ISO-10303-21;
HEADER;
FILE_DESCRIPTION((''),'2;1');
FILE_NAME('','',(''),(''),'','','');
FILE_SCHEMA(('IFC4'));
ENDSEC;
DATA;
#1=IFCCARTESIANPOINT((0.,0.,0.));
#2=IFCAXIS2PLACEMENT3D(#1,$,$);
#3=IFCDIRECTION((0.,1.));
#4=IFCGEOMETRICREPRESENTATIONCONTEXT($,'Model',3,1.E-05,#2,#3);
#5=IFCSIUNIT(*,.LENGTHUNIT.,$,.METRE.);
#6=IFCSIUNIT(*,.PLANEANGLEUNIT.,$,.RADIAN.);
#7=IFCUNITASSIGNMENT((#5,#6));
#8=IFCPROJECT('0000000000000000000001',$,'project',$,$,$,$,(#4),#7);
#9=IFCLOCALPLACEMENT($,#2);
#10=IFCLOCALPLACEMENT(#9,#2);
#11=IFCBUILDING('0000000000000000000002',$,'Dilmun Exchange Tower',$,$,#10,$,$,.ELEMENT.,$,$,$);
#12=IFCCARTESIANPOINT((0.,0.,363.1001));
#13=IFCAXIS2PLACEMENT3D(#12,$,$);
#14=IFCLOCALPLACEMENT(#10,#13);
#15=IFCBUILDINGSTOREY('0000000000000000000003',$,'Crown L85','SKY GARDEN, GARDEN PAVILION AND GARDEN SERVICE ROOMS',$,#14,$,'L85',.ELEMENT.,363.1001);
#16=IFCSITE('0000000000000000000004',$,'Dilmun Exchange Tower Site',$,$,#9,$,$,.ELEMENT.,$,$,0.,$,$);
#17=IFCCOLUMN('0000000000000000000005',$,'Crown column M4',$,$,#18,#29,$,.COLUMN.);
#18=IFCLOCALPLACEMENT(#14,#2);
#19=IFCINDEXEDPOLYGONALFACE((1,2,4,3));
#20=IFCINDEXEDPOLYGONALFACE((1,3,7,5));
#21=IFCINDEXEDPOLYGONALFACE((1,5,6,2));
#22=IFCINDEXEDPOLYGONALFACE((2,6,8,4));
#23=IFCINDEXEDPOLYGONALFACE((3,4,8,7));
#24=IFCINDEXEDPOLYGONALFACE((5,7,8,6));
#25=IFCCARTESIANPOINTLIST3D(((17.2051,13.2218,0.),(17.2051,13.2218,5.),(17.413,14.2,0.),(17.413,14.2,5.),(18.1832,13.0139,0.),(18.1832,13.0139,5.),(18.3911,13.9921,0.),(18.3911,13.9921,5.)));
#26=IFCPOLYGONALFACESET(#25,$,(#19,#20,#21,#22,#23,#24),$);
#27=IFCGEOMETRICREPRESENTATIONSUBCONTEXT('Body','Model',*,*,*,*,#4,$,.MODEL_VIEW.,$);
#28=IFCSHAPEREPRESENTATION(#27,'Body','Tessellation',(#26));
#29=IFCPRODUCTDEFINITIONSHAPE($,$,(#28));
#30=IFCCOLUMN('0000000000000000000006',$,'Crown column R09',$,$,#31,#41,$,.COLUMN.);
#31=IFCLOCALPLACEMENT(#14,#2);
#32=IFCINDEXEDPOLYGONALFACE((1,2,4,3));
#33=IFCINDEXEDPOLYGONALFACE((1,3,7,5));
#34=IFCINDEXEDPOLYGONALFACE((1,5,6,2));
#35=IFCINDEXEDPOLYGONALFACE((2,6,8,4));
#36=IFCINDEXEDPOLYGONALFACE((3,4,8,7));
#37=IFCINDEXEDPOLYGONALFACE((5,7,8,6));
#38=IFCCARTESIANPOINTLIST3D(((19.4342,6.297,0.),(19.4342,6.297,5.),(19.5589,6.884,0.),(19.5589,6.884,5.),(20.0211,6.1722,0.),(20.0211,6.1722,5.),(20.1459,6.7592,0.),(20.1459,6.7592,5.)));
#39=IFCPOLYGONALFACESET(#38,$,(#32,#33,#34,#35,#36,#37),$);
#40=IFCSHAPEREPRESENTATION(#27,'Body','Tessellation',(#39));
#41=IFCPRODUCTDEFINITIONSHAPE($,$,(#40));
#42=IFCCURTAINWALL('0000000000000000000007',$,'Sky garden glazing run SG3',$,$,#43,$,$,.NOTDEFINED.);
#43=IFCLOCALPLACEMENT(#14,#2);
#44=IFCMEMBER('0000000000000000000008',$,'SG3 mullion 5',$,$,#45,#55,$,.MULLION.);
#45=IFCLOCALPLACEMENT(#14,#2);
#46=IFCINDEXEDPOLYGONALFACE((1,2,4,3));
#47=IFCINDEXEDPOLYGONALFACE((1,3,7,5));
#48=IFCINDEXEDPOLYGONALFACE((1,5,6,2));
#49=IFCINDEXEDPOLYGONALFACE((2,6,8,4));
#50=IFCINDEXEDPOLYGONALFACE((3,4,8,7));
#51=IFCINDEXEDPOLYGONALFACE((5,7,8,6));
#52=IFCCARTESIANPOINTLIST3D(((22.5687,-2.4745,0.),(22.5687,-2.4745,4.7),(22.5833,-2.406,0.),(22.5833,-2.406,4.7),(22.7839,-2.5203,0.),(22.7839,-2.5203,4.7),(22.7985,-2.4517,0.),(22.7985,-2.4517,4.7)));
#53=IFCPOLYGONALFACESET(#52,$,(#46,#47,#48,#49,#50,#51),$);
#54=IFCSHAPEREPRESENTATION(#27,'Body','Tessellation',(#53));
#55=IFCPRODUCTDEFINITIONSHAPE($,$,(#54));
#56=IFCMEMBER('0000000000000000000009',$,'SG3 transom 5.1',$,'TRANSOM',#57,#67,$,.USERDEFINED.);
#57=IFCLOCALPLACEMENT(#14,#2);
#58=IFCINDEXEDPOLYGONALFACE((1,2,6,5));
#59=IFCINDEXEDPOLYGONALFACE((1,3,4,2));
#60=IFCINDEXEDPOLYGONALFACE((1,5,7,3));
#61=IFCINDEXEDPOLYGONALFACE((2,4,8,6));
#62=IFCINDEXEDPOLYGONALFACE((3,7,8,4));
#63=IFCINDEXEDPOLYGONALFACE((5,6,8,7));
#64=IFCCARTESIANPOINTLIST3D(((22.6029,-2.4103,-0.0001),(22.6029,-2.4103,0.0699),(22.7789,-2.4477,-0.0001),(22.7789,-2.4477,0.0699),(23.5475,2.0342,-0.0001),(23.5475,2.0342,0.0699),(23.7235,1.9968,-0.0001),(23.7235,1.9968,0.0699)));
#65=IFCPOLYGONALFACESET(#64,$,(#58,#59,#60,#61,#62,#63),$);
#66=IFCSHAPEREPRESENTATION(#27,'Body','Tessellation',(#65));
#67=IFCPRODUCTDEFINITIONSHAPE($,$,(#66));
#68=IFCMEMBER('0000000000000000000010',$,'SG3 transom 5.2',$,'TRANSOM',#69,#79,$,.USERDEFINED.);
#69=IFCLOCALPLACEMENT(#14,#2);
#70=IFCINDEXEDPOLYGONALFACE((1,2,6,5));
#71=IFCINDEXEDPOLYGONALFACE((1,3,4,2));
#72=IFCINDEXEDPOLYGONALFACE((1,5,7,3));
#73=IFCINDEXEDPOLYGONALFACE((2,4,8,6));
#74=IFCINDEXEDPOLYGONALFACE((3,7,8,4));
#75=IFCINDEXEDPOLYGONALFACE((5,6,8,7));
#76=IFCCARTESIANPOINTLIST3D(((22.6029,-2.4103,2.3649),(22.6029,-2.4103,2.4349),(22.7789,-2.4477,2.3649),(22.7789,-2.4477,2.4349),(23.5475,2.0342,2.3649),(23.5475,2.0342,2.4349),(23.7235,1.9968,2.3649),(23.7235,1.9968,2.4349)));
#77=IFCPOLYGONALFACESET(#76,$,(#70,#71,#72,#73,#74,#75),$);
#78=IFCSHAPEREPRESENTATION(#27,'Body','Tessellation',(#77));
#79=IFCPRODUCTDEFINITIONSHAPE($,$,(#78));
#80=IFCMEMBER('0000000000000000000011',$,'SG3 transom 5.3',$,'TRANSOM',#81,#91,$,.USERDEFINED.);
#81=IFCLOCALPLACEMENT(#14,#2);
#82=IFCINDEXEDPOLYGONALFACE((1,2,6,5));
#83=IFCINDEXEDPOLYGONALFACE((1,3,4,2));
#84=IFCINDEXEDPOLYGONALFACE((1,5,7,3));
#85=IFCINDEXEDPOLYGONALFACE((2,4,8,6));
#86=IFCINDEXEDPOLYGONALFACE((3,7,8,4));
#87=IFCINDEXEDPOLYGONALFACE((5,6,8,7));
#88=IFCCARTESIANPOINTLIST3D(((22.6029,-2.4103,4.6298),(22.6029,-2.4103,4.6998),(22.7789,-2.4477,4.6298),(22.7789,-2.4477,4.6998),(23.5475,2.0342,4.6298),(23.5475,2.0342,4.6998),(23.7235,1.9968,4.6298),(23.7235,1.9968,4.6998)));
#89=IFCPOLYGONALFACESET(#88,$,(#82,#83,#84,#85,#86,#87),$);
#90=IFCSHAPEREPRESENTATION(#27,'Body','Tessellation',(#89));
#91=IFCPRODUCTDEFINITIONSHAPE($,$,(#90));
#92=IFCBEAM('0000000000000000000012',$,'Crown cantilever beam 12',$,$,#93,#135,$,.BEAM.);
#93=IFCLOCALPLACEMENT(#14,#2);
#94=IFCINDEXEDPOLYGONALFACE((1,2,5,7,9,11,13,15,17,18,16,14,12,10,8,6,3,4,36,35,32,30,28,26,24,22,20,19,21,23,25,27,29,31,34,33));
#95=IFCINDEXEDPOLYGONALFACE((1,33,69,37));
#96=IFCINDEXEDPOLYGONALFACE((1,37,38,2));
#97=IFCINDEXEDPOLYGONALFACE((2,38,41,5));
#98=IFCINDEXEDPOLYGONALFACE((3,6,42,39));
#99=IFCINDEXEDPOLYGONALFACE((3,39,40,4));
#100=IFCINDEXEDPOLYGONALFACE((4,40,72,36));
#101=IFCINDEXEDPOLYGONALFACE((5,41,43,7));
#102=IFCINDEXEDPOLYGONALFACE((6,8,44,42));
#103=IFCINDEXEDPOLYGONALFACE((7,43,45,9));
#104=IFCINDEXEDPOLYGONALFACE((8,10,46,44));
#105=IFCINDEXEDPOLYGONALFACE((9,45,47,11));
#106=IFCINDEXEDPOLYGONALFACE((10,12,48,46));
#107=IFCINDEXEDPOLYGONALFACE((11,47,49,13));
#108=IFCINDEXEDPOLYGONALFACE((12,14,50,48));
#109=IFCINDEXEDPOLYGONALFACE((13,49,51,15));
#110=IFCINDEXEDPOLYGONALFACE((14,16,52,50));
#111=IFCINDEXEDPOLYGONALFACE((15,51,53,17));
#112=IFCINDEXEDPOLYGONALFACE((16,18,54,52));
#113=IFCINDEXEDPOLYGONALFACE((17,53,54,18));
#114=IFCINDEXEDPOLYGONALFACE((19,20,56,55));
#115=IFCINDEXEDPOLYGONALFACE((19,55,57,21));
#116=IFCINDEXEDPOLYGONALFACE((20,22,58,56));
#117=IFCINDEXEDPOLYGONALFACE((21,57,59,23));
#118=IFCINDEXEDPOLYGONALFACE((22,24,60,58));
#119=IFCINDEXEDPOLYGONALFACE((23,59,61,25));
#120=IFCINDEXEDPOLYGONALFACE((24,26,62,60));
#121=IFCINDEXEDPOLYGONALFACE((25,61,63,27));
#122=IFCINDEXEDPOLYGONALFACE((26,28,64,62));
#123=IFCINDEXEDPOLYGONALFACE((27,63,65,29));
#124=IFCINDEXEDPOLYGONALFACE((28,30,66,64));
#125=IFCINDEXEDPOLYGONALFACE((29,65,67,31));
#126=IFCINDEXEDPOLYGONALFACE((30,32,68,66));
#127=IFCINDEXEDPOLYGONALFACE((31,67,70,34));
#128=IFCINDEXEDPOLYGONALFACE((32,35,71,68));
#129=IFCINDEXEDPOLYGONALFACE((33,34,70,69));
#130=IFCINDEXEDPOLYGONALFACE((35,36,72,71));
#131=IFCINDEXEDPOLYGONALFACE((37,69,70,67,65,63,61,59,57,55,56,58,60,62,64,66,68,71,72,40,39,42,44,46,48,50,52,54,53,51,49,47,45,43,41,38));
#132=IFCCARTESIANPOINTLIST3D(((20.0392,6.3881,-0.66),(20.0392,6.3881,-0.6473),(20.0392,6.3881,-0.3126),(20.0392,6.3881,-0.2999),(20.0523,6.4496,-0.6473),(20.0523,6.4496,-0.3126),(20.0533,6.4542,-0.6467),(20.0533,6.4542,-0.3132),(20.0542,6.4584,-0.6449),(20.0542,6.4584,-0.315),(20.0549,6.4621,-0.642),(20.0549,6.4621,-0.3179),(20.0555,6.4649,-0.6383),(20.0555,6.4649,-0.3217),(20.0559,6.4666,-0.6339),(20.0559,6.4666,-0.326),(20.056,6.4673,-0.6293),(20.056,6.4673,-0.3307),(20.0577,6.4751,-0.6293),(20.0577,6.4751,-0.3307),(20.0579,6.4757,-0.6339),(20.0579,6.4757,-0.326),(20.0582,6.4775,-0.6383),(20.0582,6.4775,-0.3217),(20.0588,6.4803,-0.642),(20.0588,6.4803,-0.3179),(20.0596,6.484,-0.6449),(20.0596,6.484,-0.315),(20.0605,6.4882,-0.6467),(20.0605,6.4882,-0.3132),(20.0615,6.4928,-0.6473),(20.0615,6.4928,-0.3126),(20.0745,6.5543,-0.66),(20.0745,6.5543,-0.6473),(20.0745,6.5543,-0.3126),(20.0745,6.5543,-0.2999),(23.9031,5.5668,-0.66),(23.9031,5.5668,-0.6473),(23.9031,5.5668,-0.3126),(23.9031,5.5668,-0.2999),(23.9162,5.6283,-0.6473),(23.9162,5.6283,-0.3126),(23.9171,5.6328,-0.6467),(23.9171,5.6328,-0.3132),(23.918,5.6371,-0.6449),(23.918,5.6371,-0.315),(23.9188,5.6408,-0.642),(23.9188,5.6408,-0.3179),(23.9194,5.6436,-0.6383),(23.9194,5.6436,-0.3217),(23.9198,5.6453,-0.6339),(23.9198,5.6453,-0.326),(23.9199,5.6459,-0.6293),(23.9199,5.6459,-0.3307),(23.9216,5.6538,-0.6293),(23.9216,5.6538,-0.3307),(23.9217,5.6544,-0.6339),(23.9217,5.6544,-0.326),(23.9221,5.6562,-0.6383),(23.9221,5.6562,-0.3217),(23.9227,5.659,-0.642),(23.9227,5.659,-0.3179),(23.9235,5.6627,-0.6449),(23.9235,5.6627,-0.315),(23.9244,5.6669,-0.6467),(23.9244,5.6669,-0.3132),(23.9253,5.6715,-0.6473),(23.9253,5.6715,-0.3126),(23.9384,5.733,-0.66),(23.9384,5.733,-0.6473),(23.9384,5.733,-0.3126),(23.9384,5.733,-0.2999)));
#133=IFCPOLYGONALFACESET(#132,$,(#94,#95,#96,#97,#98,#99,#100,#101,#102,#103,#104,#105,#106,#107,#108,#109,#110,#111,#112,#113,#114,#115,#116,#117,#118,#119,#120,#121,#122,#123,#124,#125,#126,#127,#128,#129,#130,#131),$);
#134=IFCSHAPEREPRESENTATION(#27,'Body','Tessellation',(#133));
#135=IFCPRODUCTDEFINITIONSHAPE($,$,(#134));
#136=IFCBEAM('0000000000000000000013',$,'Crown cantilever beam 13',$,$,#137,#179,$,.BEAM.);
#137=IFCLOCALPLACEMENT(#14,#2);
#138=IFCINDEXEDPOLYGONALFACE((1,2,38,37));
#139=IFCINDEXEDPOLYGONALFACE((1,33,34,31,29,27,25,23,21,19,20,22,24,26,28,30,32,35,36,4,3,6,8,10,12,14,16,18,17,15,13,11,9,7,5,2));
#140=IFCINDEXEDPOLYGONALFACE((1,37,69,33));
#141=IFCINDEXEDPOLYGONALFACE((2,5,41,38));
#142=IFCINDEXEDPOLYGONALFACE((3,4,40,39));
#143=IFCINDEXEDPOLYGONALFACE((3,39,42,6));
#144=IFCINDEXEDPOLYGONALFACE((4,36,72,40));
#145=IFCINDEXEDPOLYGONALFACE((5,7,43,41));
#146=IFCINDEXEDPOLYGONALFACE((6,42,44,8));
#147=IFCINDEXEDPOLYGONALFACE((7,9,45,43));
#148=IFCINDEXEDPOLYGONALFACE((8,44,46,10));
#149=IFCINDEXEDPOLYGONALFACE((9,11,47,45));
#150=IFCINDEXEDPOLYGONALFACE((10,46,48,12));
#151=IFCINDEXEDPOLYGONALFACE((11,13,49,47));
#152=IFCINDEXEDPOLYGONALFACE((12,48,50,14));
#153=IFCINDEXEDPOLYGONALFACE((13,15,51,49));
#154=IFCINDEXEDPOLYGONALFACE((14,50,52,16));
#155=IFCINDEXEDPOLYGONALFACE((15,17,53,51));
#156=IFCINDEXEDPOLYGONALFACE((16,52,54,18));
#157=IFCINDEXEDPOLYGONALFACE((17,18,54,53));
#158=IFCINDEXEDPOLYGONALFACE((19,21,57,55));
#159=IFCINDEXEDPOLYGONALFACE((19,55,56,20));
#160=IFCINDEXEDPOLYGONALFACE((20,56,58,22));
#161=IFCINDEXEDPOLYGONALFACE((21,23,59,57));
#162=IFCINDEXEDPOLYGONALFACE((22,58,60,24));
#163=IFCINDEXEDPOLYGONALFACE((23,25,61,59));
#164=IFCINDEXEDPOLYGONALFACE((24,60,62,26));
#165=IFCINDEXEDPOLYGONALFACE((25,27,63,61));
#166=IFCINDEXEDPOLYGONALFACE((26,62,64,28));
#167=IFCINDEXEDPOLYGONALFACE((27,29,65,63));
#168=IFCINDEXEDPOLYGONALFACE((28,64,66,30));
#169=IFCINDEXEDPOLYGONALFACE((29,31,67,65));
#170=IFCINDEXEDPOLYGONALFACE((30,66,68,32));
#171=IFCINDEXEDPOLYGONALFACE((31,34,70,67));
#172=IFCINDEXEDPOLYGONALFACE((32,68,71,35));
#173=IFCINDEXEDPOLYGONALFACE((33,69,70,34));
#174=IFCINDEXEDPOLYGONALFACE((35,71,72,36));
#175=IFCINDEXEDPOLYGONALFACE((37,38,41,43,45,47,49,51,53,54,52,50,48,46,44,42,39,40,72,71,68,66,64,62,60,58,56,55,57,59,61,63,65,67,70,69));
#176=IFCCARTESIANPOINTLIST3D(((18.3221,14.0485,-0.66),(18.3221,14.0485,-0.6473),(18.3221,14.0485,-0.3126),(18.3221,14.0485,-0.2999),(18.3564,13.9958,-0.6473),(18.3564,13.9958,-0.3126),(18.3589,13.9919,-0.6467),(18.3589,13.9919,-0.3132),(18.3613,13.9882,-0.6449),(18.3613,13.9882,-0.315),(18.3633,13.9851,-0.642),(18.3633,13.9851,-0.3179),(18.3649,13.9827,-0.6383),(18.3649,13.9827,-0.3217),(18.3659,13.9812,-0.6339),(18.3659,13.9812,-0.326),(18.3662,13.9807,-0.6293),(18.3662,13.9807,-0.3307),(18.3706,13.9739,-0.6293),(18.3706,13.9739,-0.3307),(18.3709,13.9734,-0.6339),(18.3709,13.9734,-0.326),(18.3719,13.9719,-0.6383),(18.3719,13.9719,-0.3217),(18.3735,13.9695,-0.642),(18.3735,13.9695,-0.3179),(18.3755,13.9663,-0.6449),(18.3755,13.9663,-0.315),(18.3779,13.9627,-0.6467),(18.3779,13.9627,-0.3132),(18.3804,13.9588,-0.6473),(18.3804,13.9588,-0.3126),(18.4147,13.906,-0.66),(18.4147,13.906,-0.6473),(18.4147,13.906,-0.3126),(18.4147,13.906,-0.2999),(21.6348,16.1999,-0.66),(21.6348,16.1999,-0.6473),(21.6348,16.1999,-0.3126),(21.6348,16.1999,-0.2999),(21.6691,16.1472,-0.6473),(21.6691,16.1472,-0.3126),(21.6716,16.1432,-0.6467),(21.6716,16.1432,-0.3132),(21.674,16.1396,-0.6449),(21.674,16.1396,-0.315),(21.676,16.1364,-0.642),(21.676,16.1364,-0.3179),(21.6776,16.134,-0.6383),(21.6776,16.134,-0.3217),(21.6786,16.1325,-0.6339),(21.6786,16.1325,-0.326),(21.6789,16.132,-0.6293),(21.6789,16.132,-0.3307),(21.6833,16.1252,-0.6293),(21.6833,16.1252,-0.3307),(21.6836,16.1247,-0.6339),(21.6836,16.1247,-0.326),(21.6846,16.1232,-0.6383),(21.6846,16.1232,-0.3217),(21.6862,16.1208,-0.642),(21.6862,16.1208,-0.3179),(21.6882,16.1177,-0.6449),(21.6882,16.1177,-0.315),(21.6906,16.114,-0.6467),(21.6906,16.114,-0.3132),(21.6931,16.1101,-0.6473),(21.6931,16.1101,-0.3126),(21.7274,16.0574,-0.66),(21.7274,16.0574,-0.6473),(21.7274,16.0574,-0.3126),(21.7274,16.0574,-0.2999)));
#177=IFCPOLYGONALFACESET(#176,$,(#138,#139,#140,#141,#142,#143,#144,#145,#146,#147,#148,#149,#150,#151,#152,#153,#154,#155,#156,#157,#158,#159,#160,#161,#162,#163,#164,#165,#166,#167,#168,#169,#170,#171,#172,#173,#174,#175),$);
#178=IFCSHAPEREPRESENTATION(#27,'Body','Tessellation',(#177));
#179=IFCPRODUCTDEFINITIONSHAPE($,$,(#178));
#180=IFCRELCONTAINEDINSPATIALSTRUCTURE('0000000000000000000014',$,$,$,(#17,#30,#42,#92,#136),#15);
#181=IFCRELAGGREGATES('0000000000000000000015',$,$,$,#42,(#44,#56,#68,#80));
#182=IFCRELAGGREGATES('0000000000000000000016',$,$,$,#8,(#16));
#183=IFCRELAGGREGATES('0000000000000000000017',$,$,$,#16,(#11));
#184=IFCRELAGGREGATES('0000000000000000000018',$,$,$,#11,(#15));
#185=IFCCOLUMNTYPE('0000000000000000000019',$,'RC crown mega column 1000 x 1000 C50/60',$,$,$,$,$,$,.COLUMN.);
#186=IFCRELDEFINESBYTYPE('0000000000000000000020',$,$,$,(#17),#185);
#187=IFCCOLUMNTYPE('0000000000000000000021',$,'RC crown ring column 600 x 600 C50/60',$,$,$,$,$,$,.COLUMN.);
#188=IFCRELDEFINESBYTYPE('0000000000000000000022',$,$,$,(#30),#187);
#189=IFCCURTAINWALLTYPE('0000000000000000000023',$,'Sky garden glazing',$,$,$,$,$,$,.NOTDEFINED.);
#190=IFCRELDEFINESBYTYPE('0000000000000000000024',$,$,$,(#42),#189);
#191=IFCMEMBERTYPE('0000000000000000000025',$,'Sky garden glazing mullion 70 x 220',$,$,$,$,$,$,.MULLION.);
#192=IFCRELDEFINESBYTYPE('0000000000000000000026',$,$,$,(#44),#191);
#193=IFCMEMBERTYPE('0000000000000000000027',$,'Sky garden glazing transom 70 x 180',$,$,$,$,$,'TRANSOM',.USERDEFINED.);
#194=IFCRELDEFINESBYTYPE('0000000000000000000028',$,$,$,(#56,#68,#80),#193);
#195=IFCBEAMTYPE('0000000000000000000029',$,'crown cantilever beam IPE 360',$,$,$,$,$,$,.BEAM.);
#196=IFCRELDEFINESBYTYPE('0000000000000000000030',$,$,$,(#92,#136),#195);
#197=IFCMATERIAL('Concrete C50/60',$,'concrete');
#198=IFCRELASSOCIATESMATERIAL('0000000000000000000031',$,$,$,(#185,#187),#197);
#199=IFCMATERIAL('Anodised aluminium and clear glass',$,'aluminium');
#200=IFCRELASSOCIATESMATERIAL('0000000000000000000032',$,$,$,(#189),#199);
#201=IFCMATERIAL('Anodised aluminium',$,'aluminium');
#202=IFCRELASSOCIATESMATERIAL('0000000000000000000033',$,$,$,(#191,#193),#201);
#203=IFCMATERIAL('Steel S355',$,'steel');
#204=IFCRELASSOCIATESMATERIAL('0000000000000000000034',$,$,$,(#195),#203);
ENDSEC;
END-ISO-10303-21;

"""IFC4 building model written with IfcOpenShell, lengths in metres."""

from ifc_helpers import new_model, si_unit, direction, frame, origin, origin_2d, place, context, subcontext, project, spatial, rectangle, i_section, extrude, material, material_profile, profile_set, type_object, element, aggregate, save


model = new_model("IFC4")

# Units and contexts
model_context = context("Model", 3, precision=1e-05, world=origin(), true_north=direction((0.0, 1.0)))
body_context = subcontext(model_context, "Body", "Model", "MODEL_VIEW")
ifc_project = project(units=[si_unit("LENGTHUNIT", "METRE"), si_unit("PLANEANGLEUNIT", "RADIAN")], contexts=[model_context])

# Site, building, storey
site_placement = place(None, origin())
site = spatial("IfcSite", under=ifc_project, at=site_placement, Name="Dilmun Exchange Tower Site", CompositionType="ELEMENT", RefElevation=0.0)
building_placement = place(site_placement, origin())
building = spatial("IfcBuilding", under=site, at=building_placement, Name="Dilmun Exchange Tower", CompositionType="ELEMENT")
storey_placement = place(building_placement, frame((0.0, 0.0, 363.1001)))
storey = spatial("IfcBuildingStorey", under=building, at=storey_placement, Name="Crown L85", Description="SKY GARDEN, GARDEN PAVILION AND GARDEN SERVICE ROOMS", LongName="L85", CompositionType="ELEMENT", Elevation=363.1001)

# Columns
ifc_material_1 = material(Name="Concrete C50/60", Category="concrete")
ifc_material_profile_1 = material_profile(ifc_material_1, rectangle(XDim=1.0, YDim=1.0, at=origin_2d()), Name="1000 x 1000")
ifc_profile_set_1 = profile_set([ifc_material_profile_1], Name="Concrete C50/60")
column_type_1 = type_object("IfcColumnType", Name="RC crown mega column 1000 x 1000 C50/60", PredefinedType="COLUMN", material=ifc_profile_set_1)
column_1_placement = place(storey_placement, frame((17.7981, 13.6069, 0.0), z_axis=(0.0, 0.0, 1.0), x_axis=(0.207912, 0.978148, 0.0)))
element("IfcColumn", 1, at=column_1_placement, inside=storey, type_object=column_type_1, Name="Crown column M4", PredefinedType="COLUMN", context=body_context, shape_type="SweptSolid", body=[
    extrude(rectangle(XDim=1.0, YDim=1.0, at=origin_2d()), origin(), (0.0, 0.0, 1.0), 5.0),
])
ifc_material_profile_2 = material_profile(ifc_material_1, rectangle(XDim=0.6001, YDim=0.6001, at=origin_2d()), Name="600 x 600")
ifc_profile_set_2 = profile_set([ifc_material_profile_2], Name="Concrete C50/60")
column_type_2 = type_object("IfcColumnType", Name="RC crown ring column 600 x 600 C50/60", PredefinedType="COLUMN", material=ifc_profile_set_2)
column_2_placement = place(storey_placement, frame((19.79, 6.5281, 0.0), z_axis=(0.0, 0.0, 1.0), x_axis=(0.207912, 0.978148, 0.0)))
element("IfcColumn", 2, at=column_2_placement, inside=storey, type_object=column_type_2, Name="Crown column R09", PredefinedType="COLUMN", context=body_context, shape_type="SweptSolid", body=[
    extrude(rectangle(XDim=0.6001, YDim=0.6001, at=origin_2d()), origin(), (0.0, 0.0, 1.0), 5.0),
])

# Curtain wall, members
ifc_material_2 = material(Name="Anodised aluminium and clear glass", Category="aluminium")
curtain_wall_type = type_object("IfcCurtainWallType", Name="Sky garden glazing", PredefinedType="NOTDEFINED", material=ifc_material_2)
curtain_wall_placement = place(storey_placement, origin())
curtain_wall = element("IfcCurtainWall", 3, at=curtain_wall_placement, inside=storey, type_object=curtain_wall_type, Name="Sky garden glazing run SG3", PredefinedType="NOTDEFINED")
ifc_material_3 = material(Name="Anodised aluminium", Category="aluminium")
ifc_material_profile_3 = material_profile(ifc_material_3, rectangle(XDim=0.22, YDim=0.0701, at=origin_2d()), Name="AL 70x220")
ifc_profile_set_3 = profile_set([ifc_material_profile_3], Name="Anodised aluminium")
member_type_1 = type_object("IfcMemberType", Name="Sky garden glazing mullion 70 x 220", PredefinedType="MULLION", material=ifc_profile_set_3)
member_1_placement = place(storey_placement, frame((22.6836, -2.4631, 0.0), z_axis=(0.0, 0.0, 1.0), x_axis=(-0.978147, 0.207913, 0.0)))
member_1 = element("IfcMember", 4, at=member_1_placement, type_object=member_type_1, Name="SG3 mullion 5", PredefinedType="MULLION", context=body_context, shape_type="SweptSolid", body=[
    extrude(rectangle(XDim=0.22, YDim=0.0701, at=origin_2d()), origin(), (0.0, 0.0, 1.0), 4.7),
])
ifc_material_profile_4 = material_profile(ifc_material_3, rectangle(XDim=0.1799, YDim=0.0701, at=origin_2d()), Name="AL 70x180")
ifc_profile_set_4 = profile_set([ifc_material_profile_4], Name="Anodised aluminium")
member_type_2 = type_object("IfcMemberType", Name="Sky garden glazing transom 70 x 180", ElementType="TRANSOM", PredefinedType="USERDEFINED", material=ifc_profile_set_4)
member_2_placement = place(storey_placement, frame((22.6909, -2.429, 0.0349), z_axis=(0.207892, 0.978152, 0.0), x_axis=(-0.978152, 0.207892, 0.0)))
member_2 = element("IfcMember", 5, at=member_2_placement, type_object=member_type_2, Name="SG3 transom 5.1", ObjectType="TRANSOM", PredefinedType="USERDEFINED", context=body_context, shape_type="SweptSolid", body=[
    extrude(rectangle(XDim=0.1799, YDim=0.0701, at=origin_2d()), origin(), (0.0, 0.0, 1.0), 4.5437),
])
member_3_placement = place(storey_placement, frame((22.6909, -2.429, 2.3999), z_axis=(0.207892, 0.978152, 0.0), x_axis=(-0.978152, 0.207892, 0.0)))
member_3 = element("IfcMember", 6, at=member_3_placement, type_object=member_type_2, Name="SG3 transom 5.2", ObjectType="TRANSOM", PredefinedType="USERDEFINED", context=body_context, shape_type="SweptSolid", body=[
    extrude(rectangle(XDim=0.1799, YDim=0.0701, at=origin_2d()), origin(), (0.0, 0.0, 1.0), 4.5437),
])
member_4_placement = place(storey_placement, frame((22.6909, -2.429, 4.6648), z_axis=(0.207892, 0.978152, 0.0), x_axis=(-0.978152, 0.207892, 0.0)))
member_4 = element("IfcMember", 7, at=member_4_placement, type_object=member_type_2, Name="SG3 transom 5.3", ObjectType="TRANSOM", PredefinedType="USERDEFINED", context=body_context, shape_type="SweptSolid", body=[
    extrude(rectangle(XDim=0.1799, YDim=0.0701, at=origin_2d()), origin(), (0.0, 0.0, 1.0), 4.5437),
])
aggregate(curtain_wall, [member_1, member_2, member_3, member_4])

# Beams
ifc_material_4 = material(Name="Steel S355", Category="steel")
ifc_material_profile_5 = material_profile(ifc_material_4, i_section(OverallWidth=0.1699, OverallDepth=0.3601, WebThickness=0.0081, FlangeThickness=0.0127, FilletRadius=0.0181, at=origin_2d()), Name="IPE 360")
ifc_profile_set_5 = profile_set([ifc_material_profile_5], Name="Steel S355")
beam_type_1 = type_object("IfcBeamType", Name="crown cantilever beam IPE 360", PredefinedType="BEAM", material=ifc_profile_set_5)
beam_1_placement = place(storey_placement, frame((20.0569, 6.4712, -0.48), z_axis=(0.978147, -0.207916, 0.0), x_axis=(0.207916, 0.978147, 0.0)))
element("IfcBeam", 8, at=beam_1_placement, inside=storey, type_object=beam_type_1, Name="Crown cantilever beam 12", PredefinedType="BEAM", context=body_context, shape_type="SweptSolid", body=[
    extrude(i_section(OverallWidth=0.1699, OverallDepth=0.3601, WebThickness=0.0081, FlangeThickness=0.0127, FilletRadius=0.0181, at=origin_2d()), origin(), (0.0, 0.0, 1.0), 3.9502),
])
beam_2_placement = place(storey_placement, frame((18.3684, 13.9773, -0.48), z_axis=(0.838665, 0.544647, 0.0), x_axis=(-0.544647, 0.838665, 0.0)))
element("IfcBeam", 9, at=beam_2_placement, inside=storey, type_object=beam_type_1, Name="Crown cantilever beam 13", PredefinedType="BEAM", context=body_context, shape_type="SweptSolid", body=[
    extrude(i_section(OverallWidth=0.1699, OverallDepth=0.3601, WebThickness=0.0081, FlangeThickness=0.0127, FilletRadius=0.0181, at=origin_2d()), origin(), (0.0, 0.0, 1.0), 3.95),
])

save(model, "model.ifc")
